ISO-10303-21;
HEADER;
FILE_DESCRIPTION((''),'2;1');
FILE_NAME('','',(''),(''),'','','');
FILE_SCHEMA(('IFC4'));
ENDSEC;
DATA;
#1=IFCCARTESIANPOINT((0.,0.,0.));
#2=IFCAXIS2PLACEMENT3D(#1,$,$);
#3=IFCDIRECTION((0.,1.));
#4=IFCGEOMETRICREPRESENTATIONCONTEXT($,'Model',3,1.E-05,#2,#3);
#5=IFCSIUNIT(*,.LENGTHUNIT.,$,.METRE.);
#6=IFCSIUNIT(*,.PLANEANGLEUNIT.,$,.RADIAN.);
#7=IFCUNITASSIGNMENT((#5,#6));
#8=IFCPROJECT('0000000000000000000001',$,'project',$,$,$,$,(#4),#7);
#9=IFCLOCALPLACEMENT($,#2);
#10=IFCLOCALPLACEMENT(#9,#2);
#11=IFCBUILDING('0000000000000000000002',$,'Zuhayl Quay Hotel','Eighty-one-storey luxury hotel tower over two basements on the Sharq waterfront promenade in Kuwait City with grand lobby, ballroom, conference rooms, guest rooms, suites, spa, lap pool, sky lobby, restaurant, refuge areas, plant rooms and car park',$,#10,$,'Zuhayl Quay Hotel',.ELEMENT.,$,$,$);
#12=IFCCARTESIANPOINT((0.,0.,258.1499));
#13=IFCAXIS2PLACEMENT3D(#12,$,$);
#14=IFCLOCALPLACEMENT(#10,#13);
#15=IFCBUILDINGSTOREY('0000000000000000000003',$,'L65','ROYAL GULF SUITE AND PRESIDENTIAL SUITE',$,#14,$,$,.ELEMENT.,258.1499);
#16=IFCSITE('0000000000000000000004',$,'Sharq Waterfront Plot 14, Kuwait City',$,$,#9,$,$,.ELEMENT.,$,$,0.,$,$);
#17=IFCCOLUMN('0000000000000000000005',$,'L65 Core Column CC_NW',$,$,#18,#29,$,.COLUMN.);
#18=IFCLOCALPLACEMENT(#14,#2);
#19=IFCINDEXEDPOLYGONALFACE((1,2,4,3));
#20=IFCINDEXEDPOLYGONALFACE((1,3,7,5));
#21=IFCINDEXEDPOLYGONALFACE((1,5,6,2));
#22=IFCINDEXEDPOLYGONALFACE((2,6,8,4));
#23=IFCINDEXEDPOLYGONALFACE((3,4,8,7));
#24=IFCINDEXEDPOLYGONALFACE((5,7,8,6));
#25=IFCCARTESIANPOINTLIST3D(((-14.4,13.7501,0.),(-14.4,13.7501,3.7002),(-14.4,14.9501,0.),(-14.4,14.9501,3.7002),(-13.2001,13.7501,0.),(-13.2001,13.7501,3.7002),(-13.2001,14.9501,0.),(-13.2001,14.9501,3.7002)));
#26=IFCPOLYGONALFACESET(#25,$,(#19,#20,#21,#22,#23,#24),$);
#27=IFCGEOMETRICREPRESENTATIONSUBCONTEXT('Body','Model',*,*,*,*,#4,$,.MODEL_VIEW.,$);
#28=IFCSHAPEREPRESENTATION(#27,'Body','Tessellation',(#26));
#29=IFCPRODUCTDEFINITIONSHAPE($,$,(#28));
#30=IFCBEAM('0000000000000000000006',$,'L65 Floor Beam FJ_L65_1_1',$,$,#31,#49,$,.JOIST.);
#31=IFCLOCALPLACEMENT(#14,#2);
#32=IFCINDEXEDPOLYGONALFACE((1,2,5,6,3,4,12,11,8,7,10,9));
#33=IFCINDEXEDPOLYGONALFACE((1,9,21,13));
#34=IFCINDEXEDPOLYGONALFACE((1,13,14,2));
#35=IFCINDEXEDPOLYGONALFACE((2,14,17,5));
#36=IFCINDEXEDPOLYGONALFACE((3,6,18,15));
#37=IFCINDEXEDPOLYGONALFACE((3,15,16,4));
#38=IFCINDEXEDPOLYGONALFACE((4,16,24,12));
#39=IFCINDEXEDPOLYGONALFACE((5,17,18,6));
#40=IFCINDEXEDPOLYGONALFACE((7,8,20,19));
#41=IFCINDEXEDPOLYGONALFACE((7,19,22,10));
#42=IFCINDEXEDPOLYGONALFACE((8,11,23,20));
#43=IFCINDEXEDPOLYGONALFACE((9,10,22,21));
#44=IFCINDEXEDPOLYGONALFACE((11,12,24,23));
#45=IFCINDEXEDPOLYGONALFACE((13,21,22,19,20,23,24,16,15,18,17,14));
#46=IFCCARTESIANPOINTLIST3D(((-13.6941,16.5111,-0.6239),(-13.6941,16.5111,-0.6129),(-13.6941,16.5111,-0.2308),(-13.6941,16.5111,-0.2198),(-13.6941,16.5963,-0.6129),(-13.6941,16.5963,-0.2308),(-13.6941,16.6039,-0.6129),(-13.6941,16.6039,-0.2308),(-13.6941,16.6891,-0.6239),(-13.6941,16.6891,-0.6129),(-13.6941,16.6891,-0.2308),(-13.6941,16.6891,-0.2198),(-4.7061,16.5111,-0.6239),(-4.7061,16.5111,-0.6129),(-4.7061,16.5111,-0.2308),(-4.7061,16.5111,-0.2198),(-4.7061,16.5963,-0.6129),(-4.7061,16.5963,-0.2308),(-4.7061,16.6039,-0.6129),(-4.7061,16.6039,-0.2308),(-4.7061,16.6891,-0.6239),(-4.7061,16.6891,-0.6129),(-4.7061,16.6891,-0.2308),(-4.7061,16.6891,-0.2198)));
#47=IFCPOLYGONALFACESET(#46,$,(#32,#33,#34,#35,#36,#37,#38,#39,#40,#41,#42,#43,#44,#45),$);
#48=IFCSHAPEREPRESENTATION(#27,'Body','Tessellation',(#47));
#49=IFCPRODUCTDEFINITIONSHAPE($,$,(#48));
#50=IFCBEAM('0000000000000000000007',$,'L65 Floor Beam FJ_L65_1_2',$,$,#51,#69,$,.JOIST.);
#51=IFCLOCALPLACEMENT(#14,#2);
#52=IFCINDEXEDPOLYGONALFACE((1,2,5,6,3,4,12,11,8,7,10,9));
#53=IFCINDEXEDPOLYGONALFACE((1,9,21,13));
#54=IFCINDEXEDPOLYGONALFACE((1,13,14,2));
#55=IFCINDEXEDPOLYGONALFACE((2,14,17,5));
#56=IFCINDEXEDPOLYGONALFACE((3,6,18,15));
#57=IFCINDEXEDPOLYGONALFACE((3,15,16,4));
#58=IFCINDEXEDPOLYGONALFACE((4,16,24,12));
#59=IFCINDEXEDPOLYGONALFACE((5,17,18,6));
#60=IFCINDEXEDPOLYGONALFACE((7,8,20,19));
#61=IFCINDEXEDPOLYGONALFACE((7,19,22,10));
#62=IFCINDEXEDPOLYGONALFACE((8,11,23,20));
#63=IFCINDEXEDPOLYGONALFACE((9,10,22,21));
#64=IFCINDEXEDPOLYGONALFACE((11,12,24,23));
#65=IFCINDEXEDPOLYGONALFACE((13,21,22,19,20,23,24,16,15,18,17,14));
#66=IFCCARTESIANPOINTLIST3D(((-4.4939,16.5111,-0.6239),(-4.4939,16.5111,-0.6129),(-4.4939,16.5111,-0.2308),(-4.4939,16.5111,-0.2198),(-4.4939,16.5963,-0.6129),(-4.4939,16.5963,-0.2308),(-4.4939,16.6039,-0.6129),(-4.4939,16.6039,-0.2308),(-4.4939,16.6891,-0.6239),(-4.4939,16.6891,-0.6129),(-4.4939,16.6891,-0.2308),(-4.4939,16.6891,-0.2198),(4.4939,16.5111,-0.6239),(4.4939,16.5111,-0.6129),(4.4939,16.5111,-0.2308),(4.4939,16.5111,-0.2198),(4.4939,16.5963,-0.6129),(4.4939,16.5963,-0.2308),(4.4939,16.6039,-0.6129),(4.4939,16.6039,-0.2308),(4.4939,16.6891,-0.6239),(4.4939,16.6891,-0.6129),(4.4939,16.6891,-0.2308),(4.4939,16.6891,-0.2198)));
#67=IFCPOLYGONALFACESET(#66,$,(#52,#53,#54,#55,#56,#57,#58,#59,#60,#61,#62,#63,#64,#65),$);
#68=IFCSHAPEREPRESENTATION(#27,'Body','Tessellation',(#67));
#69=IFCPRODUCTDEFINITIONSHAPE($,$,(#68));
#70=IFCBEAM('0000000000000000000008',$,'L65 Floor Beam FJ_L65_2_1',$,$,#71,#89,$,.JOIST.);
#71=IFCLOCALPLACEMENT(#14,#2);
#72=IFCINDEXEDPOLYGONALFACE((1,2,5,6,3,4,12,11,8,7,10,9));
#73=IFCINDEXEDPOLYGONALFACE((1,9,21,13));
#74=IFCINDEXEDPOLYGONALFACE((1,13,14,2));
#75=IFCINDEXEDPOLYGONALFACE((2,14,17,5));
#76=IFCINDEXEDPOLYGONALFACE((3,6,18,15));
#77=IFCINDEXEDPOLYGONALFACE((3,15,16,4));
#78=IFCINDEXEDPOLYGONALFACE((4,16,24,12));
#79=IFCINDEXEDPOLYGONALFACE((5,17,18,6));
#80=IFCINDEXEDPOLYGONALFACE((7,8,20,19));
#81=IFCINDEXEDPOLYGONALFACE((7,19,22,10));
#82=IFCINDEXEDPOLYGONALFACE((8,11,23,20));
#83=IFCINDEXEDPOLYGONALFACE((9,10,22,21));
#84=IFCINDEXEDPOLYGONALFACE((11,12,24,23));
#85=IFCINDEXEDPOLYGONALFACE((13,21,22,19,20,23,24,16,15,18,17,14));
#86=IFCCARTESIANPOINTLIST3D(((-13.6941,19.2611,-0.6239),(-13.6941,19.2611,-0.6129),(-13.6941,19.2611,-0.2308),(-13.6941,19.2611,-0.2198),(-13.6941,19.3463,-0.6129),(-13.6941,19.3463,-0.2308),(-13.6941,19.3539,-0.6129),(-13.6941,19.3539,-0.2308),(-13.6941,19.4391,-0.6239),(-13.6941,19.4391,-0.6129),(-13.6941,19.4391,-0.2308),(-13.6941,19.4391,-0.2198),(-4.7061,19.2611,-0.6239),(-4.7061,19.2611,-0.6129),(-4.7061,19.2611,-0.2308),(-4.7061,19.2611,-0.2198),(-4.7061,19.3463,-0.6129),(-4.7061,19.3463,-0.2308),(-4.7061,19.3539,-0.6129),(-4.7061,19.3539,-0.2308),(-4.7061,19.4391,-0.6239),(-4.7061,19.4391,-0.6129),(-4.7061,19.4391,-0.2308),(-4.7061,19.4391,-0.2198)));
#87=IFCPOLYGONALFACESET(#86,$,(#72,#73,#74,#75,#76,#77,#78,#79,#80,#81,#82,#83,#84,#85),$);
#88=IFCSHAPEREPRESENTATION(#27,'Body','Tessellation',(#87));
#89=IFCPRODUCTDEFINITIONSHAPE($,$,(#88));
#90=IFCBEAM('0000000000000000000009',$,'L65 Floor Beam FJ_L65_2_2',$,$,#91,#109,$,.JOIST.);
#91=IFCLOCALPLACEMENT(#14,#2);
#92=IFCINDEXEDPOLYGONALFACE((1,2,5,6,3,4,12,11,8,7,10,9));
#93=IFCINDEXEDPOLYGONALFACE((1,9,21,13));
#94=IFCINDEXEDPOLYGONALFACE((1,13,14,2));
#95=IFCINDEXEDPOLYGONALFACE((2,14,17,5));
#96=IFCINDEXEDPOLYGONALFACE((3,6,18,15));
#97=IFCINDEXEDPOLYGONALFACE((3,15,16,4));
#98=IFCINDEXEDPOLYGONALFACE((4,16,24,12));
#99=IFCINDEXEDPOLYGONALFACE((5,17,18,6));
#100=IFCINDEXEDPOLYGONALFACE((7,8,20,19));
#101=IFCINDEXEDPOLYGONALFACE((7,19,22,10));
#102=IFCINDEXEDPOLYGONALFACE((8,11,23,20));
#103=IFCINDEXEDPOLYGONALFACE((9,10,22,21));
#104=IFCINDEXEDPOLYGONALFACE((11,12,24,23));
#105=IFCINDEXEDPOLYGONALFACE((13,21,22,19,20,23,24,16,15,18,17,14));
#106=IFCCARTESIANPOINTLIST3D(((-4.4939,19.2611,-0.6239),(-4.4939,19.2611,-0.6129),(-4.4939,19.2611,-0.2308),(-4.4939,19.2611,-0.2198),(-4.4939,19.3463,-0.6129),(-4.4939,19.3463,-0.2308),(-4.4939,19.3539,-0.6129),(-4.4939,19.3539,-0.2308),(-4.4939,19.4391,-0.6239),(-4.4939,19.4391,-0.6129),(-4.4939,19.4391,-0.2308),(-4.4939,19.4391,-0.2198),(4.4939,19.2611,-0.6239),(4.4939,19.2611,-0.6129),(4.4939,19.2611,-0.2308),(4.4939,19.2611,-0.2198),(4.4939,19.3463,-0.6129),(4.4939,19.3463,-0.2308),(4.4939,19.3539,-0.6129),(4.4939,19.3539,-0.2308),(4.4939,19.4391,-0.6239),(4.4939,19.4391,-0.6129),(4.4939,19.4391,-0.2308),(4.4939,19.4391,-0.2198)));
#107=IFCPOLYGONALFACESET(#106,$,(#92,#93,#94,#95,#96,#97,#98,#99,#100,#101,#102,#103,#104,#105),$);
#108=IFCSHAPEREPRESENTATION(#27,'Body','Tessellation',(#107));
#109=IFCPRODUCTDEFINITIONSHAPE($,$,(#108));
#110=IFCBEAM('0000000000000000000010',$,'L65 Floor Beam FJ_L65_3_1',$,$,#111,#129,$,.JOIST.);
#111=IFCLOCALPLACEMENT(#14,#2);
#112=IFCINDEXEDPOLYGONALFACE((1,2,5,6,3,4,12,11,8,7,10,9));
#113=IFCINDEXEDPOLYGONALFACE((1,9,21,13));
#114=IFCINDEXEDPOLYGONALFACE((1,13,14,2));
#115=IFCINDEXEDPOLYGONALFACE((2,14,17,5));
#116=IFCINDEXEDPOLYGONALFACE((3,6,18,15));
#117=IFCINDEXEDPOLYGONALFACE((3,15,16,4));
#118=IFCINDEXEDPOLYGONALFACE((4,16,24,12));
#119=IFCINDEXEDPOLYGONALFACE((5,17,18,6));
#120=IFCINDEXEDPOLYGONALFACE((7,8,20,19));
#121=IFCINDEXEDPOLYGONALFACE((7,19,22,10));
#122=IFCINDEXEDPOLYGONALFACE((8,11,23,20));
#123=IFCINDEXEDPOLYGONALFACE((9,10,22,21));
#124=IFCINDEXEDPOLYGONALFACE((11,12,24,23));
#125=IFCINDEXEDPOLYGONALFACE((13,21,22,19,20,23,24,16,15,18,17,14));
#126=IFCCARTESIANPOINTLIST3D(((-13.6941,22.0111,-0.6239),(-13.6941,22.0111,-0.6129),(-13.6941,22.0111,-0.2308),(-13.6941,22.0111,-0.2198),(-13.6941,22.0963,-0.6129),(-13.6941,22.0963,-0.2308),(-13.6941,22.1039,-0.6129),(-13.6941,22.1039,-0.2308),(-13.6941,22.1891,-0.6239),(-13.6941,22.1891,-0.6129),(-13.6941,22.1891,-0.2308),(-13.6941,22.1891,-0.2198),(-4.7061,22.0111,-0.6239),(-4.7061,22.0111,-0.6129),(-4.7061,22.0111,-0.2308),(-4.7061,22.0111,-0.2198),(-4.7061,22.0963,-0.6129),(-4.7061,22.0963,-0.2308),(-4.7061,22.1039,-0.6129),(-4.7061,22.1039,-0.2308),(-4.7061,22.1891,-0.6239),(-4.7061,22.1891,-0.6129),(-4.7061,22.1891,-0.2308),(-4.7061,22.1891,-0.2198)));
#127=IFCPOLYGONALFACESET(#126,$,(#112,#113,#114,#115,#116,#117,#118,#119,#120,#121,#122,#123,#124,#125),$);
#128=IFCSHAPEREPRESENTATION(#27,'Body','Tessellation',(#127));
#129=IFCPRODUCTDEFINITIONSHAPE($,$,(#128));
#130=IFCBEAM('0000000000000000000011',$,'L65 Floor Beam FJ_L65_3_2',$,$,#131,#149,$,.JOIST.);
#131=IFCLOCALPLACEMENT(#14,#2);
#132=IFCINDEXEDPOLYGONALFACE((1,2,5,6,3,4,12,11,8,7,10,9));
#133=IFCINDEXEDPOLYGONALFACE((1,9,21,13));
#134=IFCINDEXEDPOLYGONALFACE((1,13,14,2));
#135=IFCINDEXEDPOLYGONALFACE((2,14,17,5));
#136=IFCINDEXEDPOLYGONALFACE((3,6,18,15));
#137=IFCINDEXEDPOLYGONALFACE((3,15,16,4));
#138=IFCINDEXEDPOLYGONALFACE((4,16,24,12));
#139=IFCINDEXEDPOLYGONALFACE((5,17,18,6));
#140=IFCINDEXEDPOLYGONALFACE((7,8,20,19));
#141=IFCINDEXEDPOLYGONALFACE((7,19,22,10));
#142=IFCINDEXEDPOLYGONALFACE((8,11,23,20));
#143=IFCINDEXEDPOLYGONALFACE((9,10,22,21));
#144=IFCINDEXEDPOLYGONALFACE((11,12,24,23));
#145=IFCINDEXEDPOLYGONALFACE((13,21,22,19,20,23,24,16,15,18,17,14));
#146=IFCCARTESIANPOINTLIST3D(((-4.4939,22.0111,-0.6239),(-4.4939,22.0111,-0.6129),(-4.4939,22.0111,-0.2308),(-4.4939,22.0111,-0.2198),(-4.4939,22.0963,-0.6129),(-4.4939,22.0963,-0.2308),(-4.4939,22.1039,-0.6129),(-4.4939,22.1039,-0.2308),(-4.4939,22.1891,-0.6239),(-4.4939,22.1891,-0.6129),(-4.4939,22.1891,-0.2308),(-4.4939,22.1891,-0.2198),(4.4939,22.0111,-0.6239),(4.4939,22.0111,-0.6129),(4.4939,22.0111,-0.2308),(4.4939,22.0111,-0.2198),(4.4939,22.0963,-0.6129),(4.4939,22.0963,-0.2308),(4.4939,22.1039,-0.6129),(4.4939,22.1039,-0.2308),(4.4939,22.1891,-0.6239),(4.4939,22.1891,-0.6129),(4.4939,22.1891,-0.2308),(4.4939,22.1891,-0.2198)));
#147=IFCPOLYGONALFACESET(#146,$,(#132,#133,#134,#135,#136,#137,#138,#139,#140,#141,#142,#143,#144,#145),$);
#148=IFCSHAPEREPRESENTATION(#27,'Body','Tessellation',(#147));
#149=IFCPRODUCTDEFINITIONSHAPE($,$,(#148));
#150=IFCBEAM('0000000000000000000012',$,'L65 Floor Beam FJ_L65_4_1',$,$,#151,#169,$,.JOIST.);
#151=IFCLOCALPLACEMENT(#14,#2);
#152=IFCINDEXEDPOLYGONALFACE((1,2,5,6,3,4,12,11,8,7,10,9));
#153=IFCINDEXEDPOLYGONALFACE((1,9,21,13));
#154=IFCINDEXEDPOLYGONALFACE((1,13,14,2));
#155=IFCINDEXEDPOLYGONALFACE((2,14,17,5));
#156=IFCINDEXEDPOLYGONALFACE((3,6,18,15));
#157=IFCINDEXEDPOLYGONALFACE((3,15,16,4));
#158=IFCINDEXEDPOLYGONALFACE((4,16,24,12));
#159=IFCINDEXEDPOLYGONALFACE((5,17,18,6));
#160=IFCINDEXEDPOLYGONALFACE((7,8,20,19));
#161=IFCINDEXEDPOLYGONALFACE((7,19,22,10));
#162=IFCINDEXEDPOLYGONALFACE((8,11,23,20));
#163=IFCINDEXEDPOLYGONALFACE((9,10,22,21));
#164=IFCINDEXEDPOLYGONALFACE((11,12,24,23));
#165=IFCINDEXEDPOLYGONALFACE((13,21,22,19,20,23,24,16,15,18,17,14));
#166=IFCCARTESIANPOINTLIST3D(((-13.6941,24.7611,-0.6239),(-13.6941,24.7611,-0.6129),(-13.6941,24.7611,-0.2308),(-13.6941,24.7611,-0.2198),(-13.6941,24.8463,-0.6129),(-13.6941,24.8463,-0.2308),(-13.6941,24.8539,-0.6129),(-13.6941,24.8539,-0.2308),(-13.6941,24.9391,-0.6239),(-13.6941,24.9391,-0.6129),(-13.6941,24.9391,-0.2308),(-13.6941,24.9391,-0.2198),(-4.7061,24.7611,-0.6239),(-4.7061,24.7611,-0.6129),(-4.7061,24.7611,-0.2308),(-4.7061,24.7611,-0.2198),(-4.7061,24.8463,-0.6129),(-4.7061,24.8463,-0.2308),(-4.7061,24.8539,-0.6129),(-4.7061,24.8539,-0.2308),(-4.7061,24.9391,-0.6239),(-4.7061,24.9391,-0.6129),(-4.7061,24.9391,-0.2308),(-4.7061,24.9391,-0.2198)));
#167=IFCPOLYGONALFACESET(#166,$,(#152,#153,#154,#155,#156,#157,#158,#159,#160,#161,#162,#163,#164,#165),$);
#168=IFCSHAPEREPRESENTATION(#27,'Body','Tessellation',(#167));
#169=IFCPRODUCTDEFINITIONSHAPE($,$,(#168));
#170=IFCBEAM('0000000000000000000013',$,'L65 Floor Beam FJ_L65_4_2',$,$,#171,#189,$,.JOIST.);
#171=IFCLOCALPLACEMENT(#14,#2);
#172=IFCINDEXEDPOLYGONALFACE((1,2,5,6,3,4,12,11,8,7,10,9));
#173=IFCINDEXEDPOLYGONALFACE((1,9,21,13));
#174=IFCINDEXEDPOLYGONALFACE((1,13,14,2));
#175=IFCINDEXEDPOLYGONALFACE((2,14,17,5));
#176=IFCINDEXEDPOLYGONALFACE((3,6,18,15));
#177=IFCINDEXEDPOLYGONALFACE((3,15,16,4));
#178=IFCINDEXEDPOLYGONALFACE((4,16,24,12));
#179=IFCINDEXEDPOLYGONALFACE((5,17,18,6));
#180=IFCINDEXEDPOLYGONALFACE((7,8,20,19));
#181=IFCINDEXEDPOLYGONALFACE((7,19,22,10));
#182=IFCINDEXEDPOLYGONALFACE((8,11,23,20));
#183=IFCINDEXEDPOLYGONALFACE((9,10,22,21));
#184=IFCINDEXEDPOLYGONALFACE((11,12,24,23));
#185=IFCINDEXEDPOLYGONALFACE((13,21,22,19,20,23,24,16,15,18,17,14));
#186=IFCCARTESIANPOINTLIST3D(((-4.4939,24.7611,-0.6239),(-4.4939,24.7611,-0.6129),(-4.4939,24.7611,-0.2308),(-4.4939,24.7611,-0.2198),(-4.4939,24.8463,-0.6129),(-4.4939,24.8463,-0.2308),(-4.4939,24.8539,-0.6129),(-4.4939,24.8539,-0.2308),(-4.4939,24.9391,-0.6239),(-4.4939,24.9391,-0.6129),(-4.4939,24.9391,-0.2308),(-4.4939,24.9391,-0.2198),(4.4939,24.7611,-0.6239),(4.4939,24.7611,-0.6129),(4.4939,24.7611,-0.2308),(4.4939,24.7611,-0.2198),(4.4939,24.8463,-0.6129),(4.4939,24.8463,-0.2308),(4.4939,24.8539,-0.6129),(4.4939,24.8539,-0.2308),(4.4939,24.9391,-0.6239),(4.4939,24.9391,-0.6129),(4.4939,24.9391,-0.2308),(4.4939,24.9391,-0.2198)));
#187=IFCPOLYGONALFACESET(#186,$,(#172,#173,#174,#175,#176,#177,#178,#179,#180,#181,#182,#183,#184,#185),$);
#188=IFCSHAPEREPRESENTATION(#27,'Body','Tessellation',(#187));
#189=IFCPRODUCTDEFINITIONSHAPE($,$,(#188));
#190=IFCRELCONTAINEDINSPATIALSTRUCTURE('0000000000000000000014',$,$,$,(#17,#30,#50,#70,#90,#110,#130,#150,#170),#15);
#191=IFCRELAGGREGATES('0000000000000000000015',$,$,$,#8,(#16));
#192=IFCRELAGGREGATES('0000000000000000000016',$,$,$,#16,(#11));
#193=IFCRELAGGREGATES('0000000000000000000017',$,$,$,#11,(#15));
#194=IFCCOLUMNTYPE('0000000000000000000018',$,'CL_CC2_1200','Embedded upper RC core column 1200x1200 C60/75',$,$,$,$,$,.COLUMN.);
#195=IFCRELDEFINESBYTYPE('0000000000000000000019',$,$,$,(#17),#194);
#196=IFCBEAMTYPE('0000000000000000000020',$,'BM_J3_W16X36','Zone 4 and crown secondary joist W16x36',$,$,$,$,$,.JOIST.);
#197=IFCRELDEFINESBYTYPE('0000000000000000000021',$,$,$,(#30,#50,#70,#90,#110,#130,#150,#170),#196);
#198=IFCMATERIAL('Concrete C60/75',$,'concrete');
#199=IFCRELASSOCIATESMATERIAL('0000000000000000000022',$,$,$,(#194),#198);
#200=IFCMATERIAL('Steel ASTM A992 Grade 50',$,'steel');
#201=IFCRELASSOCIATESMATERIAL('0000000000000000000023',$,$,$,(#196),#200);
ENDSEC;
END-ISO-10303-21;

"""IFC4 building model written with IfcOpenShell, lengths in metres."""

from ifc_helpers import new_model, si_unit, direction, frame, origin, origin_2d, place, context, subcontext, project, spatial, rectangle, i_section, extrude, material, material_profile, profile_set, type_object, element, save


model = new_model("IFC4")

# Units and contexts
model_context = context("Model", 3, precision=1e-05, world=origin(), true_north=direction((0.0, 1.0)))
body_context = subcontext(model_context, "Body", "Model", "MODEL_VIEW")
ifc_project = project(units=[si_unit("LENGTHUNIT", "METRE"), si_unit("PLANEANGLEUNIT", "RADIAN")], contexts=[model_context])

# Site, building, storey
site_placement = place(None, origin())
site = spatial("IfcSite", under=ifc_project, at=site_placement, Name="Sharq Waterfront Plot 14, Kuwait City", CompositionType="ELEMENT", RefElevation=0.0)
building_placement = place(site_placement, origin())
building = spatial("IfcBuilding", under=site, at=building_placement, Name="Zuhayl Quay Hotel", Description="Eighty-one-storey luxury hotel tower over two basements on the Sharq waterfront promenade in Kuwait City with grand lobby, ballroom, conference rooms, guest rooms, suites, spa, lap pool, sky lobby, restaurant, refuge areas, plant rooms and car park", LongName="Zuhayl Quay Hotel", CompositionType="ELEMENT")
storey_placement = place(building_placement, frame((0.0, 0.0, 258.1499)))
storey = spatial("IfcBuildingStorey", under=building, at=storey_placement, Name="L65", Description="ROYAL GULF SUITE AND PRESIDENTIAL SUITE", CompositionType="ELEMENT", Elevation=258.1499)

# Column
ifc_material_1 = material(Name="Concrete C60/75", Category="concrete")
ifc_material_profile_1 = material_profile(ifc_material_1, rectangle(XDim=1.2, YDim=1.2, at=origin_2d()), Name="RC1200X1200")
ifc_profile_set_1 = profile_set([ifc_material_profile_1], Name="Concrete C60/75")
column_type = type_object("IfcColumnType", Name="CL_CC2_1200", Description="Embedded upper RC core column 1200x1200 C60/75", PredefinedType="COLUMN", material=ifc_profile_set_1)
column_placement = place(storey_placement, frame((-13.8, 14.3501, 0.0), z_axis=(0.0, 0.0, 1.0), x_axis=(1.0, 0.0, 0.0)))
element("IfcColumn", 1, at=column_placement, inside=storey, type_object=column_type, Name="L65 Core Column CC_NW", PredefinedType="COLUMN", context=body_context, shape_type="SweptSolid", body=[
    extrude(rectangle(XDim=1.2, YDim=1.2, at=origin_2d()), origin(), (0.0, 0.0, 1.0), 3.7002),
])

# Beams
ifc_material_2 = material(Name="Steel ASTM A992 Grade 50", Category="steel")
ifc_material_profile_2 = material_profile(ifc_material_2, i_section(OverallWidth=0.178, OverallDepth=0.4041, WebThickness=0.0076, FlangeThickness=0.011, at=origin_2d()), Name="W16X36")
ifc_profile_set_2 = profile_set([ifc_material_profile_2], Name="Steel ASTM A992 Grade 50")
beam_type_1 = type_object("IfcBeamType", Name="BM_J3_W16X36", Description="Zone 4 and crown secondary joist W16x36", PredefinedType="JOIST", material=ifc_profile_set_2)
beam_1_placement = place(storey_placement, frame((-13.6941, 16.6001, -0.4219), z_axis=(1.0, 0.0, 0.0), x_axis=(0.0, 1.0, 0.0)))
element("IfcBeam", 2, at=beam_1_placement, inside=storey, type_object=beam_type_1, Name="L65 Floor Beam FJ_L65_1_1", PredefinedType="JOIST", context=body_context, shape_type="SweptSolid", body=[
    extrude(i_section(OverallWidth=0.178, OverallDepth=0.4041, WebThickness=0.0076, FlangeThickness=0.011, at=origin_2d()), origin(), (0.0, 0.0, 1.0), 8.988),
])
beam_2_placement = place(storey_placement, frame((-4.4939, 16.6001, -0.4219), z_axis=(1.0, 0.0, 0.0), x_axis=(0.0, 1.0, 0.0)))
element("IfcBeam", 3, at=beam_2_placement, inside=storey, type_object=beam_type_1, Name="L65 Floor Beam FJ_L65_1_2", PredefinedType="JOIST", context=body_context, shape_type="SweptSolid", body=[
    extrude(i_section(OverallWidth=0.178, OverallDepth=0.4041, WebThickness=0.0076, FlangeThickness=0.011, at=origin_2d()), origin(), (0.0, 0.0, 1.0), 8.9878),
])
beam_3_placement = place(storey_placement, frame((-13.6941, 19.3501, -0.4219), z_axis=(1.0, 0.0, 0.0), x_axis=(0.0, 1.0, 0.0)))
element("IfcBeam", 4, at=beam_3_placement, inside=storey, type_object=beam_type_1, Name="L65 Floor Beam FJ_L65_2_1", PredefinedType="JOIST", context=body_context, shape_type="SweptSolid", body=[
    extrude(i_section(OverallWidth=0.178, OverallDepth=0.4041, WebThickness=0.0076, FlangeThickness=0.011, at=origin_2d()), origin(), (0.0, 0.0, 1.0), 8.988),
])
beam_4_placement = place(storey_placement, frame((-4.4939, 19.3501, -0.4219), z_axis=(1.0, 0.0, 0.0), x_axis=(0.0, 1.0, 0.0)))
element("IfcBeam", 5, at=beam_4_placement, inside=storey, type_object=beam_type_1, Name="L65 Floor Beam FJ_L65_2_2", PredefinedType="JOIST", context=body_context, shape_type="SweptSolid", body=[
    extrude(i_section(OverallWidth=0.178, OverallDepth=0.4041, WebThickness=0.0076, FlangeThickness=0.011, at=origin_2d()), origin(), (0.0, 0.0, 1.0), 8.9878),
])
beam_5_placement = place(storey_placement, frame((-13.6941, 22.1001, -0.4219), z_axis=(1.0, 0.0, 0.0), x_axis=(0.0, 1.0, 0.0)))
element("IfcBeam", 6, at=beam_5_placement, inside=storey, type_object=beam_type_1, Name="L65 Floor Beam FJ_L65_3_1", PredefinedType="JOIST", context=body_context, shape_type="SweptSolid", body=[
    extrude(i_section(OverallWidth=0.178, OverallDepth=0.4041, WebThickness=0.0076, FlangeThickness=0.011, at=origin_2d()), origin(), (0.0, 0.0, 1.0), 8.988),
])
beam_6_placement = place(storey_placement, frame((-4.4939, 22.1001, -0.4219), z_axis=(1.0, 0.0, 0.0), x_axis=(0.0, 1.0, 0.0)))
element("IfcBeam", 7, at=beam_6_placement, inside=storey, type_object=beam_type_1, Name="L65 Floor Beam FJ_L65_3_2", PredefinedType="JOIST", context=body_context, shape_type="SweptSolid", body=[
    extrude(i_section(OverallWidth=0.178, OverallDepth=0.4041, WebThickness=0.0076, FlangeThickness=0.011, at=origin_2d()), origin(), (0.0, 0.0, 1.0), 8.9878),
])
beam_7_placement = place(storey_placement, frame((-13.6941, 24.8501, -0.4219), z_axis=(1.0, 0.0, 0.0), x_axis=(0.0, 1.0, 0.0)))
element("IfcBeam", 8, at=beam_7_placement, inside=storey, type_object=beam_type_1, Name="L65 Floor Beam FJ_L65_4_1", PredefinedType="JOIST", context=body_context, shape_type="SweptSolid", body=[
    extrude(i_section(OverallWidth=0.178, OverallDepth=0.4041, WebThickness=0.0076, FlangeThickness=0.011, at=origin_2d()), origin(), (0.0, 0.0, 1.0), 8.988),
])
beam_8_placement = place(storey_placement, frame((-4.4939, 24.8501, -0.4219), z_axis=(1.0, 0.0, 0.0), x_axis=(0.0, 1.0, 0.0)))
element("IfcBeam", 9, at=beam_8_placement, inside=storey, type_object=beam_type_1, Name="L65 Floor Beam FJ_L65_4_2", PredefinedType="JOIST", context=body_context, shape_type="SweptSolid", body=[
    extrude(i_section(OverallWidth=0.178, OverallDepth=0.4041, WebThickness=0.0076, FlangeThickness=0.011, at=origin_2d()), origin(), (0.0, 0.0, 1.0), 8.9878),
])

save(model, "model.ifc")
